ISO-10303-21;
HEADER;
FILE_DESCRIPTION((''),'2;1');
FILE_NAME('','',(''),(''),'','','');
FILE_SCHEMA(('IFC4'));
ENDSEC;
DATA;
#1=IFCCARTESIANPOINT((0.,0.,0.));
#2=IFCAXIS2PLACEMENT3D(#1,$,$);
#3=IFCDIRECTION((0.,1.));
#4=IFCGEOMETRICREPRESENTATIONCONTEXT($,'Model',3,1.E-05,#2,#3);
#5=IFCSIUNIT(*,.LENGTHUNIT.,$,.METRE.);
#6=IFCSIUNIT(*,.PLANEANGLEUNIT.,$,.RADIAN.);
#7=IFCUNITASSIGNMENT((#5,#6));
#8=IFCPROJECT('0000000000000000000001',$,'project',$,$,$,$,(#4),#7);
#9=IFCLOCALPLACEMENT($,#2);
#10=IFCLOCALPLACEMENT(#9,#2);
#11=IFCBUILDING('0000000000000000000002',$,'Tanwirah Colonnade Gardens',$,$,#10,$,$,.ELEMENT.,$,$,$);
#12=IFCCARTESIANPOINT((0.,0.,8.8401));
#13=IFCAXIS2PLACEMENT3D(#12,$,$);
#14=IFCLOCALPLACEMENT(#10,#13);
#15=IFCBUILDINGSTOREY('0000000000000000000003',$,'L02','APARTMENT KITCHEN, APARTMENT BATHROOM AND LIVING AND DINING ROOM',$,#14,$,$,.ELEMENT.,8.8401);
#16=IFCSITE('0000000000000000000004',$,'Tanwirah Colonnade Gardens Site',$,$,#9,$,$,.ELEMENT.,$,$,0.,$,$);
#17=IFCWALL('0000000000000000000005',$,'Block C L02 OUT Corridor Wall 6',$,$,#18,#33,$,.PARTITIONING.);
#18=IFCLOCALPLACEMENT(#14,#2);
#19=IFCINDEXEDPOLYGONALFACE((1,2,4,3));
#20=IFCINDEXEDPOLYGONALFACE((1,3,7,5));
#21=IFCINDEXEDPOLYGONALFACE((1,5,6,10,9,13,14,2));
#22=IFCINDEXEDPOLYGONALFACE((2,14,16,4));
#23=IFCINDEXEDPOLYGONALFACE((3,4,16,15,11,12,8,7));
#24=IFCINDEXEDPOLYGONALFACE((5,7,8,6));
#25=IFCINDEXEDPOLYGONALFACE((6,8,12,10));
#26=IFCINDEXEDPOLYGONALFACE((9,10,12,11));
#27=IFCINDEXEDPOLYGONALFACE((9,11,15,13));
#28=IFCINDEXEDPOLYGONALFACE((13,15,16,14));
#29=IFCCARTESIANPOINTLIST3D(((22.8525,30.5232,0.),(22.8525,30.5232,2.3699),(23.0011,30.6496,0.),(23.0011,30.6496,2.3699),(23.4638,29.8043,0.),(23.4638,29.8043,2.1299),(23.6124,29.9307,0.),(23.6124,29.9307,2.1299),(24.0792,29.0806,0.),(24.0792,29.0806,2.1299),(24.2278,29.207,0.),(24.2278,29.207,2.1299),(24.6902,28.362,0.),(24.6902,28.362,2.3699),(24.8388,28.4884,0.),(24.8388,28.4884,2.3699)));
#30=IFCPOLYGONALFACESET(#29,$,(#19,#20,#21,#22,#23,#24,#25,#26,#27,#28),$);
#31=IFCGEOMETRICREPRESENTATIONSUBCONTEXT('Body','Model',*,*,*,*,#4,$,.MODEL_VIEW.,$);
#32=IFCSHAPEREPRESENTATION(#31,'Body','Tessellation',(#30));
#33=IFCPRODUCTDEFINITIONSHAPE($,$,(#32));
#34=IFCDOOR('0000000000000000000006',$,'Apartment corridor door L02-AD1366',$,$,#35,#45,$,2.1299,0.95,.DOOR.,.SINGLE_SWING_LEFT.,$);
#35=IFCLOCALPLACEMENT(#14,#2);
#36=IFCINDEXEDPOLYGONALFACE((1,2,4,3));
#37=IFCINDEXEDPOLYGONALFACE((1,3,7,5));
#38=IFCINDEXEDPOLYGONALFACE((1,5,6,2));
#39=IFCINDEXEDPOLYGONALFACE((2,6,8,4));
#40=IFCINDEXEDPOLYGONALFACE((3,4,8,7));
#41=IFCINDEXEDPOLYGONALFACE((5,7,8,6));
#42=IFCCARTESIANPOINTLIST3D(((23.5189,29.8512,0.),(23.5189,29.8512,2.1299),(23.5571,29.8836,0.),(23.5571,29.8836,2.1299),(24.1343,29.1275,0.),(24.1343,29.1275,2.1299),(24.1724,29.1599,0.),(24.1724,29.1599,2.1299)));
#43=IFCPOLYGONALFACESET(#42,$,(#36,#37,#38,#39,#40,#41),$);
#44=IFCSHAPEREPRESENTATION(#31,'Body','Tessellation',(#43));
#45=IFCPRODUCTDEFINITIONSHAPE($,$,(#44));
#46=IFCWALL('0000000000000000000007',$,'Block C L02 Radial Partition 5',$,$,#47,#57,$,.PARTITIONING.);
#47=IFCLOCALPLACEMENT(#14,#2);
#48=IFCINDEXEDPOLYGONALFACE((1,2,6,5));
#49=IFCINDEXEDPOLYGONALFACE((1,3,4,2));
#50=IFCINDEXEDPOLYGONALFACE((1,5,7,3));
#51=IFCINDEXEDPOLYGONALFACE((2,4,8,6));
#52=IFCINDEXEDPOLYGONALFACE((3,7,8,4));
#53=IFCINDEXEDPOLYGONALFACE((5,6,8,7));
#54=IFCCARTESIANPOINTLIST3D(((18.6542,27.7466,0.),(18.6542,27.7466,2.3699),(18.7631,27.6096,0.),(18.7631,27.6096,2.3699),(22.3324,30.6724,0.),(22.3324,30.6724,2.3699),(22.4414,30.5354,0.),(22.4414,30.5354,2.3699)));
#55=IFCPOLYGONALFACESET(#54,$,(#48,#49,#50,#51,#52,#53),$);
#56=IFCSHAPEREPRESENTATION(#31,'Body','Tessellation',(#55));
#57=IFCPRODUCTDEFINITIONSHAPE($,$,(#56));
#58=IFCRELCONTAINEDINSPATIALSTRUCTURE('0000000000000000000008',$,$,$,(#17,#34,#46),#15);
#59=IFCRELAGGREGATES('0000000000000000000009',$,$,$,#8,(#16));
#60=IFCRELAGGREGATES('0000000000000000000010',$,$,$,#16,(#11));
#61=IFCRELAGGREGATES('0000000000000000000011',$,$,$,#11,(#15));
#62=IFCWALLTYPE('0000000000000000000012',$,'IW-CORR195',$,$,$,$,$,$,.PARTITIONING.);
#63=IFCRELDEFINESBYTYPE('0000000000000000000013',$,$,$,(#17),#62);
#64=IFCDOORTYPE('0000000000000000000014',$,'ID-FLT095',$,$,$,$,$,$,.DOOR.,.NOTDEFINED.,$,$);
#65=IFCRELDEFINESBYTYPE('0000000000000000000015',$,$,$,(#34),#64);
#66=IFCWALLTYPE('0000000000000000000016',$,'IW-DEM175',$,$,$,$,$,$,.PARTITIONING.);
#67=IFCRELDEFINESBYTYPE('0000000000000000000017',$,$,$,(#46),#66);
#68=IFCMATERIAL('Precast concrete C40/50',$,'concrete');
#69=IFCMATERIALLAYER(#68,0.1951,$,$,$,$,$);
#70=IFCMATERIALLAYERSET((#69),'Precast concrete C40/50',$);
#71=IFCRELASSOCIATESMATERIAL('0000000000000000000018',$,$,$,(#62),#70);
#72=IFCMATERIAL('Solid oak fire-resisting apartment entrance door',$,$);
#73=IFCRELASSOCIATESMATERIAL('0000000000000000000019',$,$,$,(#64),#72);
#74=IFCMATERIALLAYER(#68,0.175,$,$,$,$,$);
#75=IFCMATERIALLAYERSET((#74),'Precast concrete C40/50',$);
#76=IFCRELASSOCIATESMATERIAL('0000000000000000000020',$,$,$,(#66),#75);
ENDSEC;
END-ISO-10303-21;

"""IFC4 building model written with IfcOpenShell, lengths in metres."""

from ifc_helpers import new_model, si_unit, direction, frame, frame_2d, origin, place, context, subcontext, project, spatial, rectangle, extrude, material, layer, layer_set, type_object, element, fill, save


model = new_model("IFC4")

# Units and contexts
model_context = context("Model", 3, precision=1e-05, world=origin(), true_north=direction((0.0, 1.0)))
body_context = subcontext(model_context, "Body", "Model", "MODEL_VIEW")
ifc_project = project(units=[si_unit("LENGTHUNIT", "METRE"), si_unit("PLANEANGLEUNIT", "RADIAN")], contexts=[model_context])

# Site, building, storey
site_placement = place(None, origin())
site = spatial("IfcSite", under=ifc_project, at=site_placement, Name="Tanwirah Colonnade Gardens Site", CompositionType="ELEMENT", RefElevation=0.0)
building_placement = place(site_placement, origin())
building = spatial("IfcBuilding", under=site, at=building_placement, Name="Tanwirah Colonnade Gardens", CompositionType="ELEMENT")
storey_placement = place(building_placement, frame((0.0, 0.0, 8.8401)))
storey = spatial("IfcBuildingStorey", under=building, at=storey_placement, Name="L02", Description="APARTMENT KITCHEN, APARTMENT BATHROOM AND LIVING AND DINING ROOM", CompositionType="ELEMENT", Elevation=8.8401)

# Shared definitions
ifc_material_1 = material(Name="Precast concrete C40/50", Category="concrete")

# Wall, opening, door
ifc_layer_1 = layer(ifc_material_1, 0.1951)
ifc_layer_set_1 = layer_set([ifc_layer_1], Name="Precast concrete C40/50")
wall_type_1 = type_object("IfcWallType", Name="IW-CORR195", PredefinedType="PARTITIONING", material=ifc_layer_set_1)
wall_1_placement = place(storey_placement, frame((22.9268, 30.5864, 0.0), z_axis=(0.0, 0.0, 1.0), x_axis=(0.647788, -0.76182, 0.0)))
wall_1 = element("IfcWall", 1, at=wall_1_placement, inside=storey, type_object=wall_type_1, Name="Block C L02 OUT Corridor Wall 6", PredefinedType="PARTITIONING", context=body_context, shape_type="SweptSolid", body=[
    extrude(rectangle(XDim=2.8369, YDim=0.1951, at=frame_2d((1.4185, 0.0))), origin(), (0.0, 0.0, 1.0), 2.3699),
])
opening_1_placement = place(wall_1_placement, frame((0.9436, 0.0, 0.0)))
opening_1 = element("IfcOpeningElement", 2, at=opening_1_placement, cuts=wall_1, PredefinedType="OPENING", context=body_context, shape_type="SweptSolid", body=[
    extrude(rectangle(XDim=0.95, YDim=2.1299, at=frame_2d((0.4751, 1.0649))), frame((0.0, 0.1074, 0.0), z_axis=(0.0, -1.0, 0.0), x_axis=(1.0, 0.0, 0.0)), (0.0, 0.0, 1.0), 0.2151),
])
ifc_material_2 = material(Name="Solid oak fire-resisting apartment entrance door")
door_type_1 = type_object("IfcDoorType", Name="ID-FLT095", OperationType="NOTDEFINED", PredefinedType="DOOR", material=ifc_material_2)
door_1_placement = place(opening_1_placement, origin())
door_1 = element("IfcDoor", 3, at=door_1_placement, inside=storey, type_object=door_type_1, Name="Apartment corridor door L02-AD1366", OperationType="SINGLE_SWING_LEFT", OverallHeight=2.1299, OverallWidth=0.95, PredefinedType="DOOR", context=body_context, shape_type="SweptSolid", body=[
    extrude(rectangle(XDim=0.95, YDim=2.1299, at=frame_2d((0.4751, 1.0649))), frame((0.0, 0.0249, 0.0), z_axis=(0.0, -1.0, 0.0), x_axis=(1.0, 0.0, 0.0)), (0.0, 0.0, 1.0), 0.05),
])
fill(opening_1, door_1)

# Wall
ifc_layer_2 = layer(ifc_material_1, 0.175)
ifc_layer_set_2 = layer_set([ifc_layer_2], Name="Precast concrete C40/50")
wall_type_2 = type_object("IfcWallType", Name="IW-DEM175", PredefinedType="PARTITIONING", material=ifc_layer_set_2)
wall_2_placement = place(storey_placement, frame((22.387, 30.604, 0.0), z_axis=(0.0, 0.0, 1.0), x_axis=(-0.782609, -0.622513, 0.0)))
element("IfcWall", 4, at=wall_2_placement, inside=storey, type_object=wall_type_2, Name="Block C L02 Radial Partition 5", PredefinedType="PARTITIONING", context=body_context, shape_type="SweptSolid", body=[
    extrude(rectangle(XDim=4.7, YDim=0.175, at=frame_2d((2.3501, 0.0))), origin(), (0.0, 0.0, 1.0), 2.3699),
])

save(model, "model.ifc")
